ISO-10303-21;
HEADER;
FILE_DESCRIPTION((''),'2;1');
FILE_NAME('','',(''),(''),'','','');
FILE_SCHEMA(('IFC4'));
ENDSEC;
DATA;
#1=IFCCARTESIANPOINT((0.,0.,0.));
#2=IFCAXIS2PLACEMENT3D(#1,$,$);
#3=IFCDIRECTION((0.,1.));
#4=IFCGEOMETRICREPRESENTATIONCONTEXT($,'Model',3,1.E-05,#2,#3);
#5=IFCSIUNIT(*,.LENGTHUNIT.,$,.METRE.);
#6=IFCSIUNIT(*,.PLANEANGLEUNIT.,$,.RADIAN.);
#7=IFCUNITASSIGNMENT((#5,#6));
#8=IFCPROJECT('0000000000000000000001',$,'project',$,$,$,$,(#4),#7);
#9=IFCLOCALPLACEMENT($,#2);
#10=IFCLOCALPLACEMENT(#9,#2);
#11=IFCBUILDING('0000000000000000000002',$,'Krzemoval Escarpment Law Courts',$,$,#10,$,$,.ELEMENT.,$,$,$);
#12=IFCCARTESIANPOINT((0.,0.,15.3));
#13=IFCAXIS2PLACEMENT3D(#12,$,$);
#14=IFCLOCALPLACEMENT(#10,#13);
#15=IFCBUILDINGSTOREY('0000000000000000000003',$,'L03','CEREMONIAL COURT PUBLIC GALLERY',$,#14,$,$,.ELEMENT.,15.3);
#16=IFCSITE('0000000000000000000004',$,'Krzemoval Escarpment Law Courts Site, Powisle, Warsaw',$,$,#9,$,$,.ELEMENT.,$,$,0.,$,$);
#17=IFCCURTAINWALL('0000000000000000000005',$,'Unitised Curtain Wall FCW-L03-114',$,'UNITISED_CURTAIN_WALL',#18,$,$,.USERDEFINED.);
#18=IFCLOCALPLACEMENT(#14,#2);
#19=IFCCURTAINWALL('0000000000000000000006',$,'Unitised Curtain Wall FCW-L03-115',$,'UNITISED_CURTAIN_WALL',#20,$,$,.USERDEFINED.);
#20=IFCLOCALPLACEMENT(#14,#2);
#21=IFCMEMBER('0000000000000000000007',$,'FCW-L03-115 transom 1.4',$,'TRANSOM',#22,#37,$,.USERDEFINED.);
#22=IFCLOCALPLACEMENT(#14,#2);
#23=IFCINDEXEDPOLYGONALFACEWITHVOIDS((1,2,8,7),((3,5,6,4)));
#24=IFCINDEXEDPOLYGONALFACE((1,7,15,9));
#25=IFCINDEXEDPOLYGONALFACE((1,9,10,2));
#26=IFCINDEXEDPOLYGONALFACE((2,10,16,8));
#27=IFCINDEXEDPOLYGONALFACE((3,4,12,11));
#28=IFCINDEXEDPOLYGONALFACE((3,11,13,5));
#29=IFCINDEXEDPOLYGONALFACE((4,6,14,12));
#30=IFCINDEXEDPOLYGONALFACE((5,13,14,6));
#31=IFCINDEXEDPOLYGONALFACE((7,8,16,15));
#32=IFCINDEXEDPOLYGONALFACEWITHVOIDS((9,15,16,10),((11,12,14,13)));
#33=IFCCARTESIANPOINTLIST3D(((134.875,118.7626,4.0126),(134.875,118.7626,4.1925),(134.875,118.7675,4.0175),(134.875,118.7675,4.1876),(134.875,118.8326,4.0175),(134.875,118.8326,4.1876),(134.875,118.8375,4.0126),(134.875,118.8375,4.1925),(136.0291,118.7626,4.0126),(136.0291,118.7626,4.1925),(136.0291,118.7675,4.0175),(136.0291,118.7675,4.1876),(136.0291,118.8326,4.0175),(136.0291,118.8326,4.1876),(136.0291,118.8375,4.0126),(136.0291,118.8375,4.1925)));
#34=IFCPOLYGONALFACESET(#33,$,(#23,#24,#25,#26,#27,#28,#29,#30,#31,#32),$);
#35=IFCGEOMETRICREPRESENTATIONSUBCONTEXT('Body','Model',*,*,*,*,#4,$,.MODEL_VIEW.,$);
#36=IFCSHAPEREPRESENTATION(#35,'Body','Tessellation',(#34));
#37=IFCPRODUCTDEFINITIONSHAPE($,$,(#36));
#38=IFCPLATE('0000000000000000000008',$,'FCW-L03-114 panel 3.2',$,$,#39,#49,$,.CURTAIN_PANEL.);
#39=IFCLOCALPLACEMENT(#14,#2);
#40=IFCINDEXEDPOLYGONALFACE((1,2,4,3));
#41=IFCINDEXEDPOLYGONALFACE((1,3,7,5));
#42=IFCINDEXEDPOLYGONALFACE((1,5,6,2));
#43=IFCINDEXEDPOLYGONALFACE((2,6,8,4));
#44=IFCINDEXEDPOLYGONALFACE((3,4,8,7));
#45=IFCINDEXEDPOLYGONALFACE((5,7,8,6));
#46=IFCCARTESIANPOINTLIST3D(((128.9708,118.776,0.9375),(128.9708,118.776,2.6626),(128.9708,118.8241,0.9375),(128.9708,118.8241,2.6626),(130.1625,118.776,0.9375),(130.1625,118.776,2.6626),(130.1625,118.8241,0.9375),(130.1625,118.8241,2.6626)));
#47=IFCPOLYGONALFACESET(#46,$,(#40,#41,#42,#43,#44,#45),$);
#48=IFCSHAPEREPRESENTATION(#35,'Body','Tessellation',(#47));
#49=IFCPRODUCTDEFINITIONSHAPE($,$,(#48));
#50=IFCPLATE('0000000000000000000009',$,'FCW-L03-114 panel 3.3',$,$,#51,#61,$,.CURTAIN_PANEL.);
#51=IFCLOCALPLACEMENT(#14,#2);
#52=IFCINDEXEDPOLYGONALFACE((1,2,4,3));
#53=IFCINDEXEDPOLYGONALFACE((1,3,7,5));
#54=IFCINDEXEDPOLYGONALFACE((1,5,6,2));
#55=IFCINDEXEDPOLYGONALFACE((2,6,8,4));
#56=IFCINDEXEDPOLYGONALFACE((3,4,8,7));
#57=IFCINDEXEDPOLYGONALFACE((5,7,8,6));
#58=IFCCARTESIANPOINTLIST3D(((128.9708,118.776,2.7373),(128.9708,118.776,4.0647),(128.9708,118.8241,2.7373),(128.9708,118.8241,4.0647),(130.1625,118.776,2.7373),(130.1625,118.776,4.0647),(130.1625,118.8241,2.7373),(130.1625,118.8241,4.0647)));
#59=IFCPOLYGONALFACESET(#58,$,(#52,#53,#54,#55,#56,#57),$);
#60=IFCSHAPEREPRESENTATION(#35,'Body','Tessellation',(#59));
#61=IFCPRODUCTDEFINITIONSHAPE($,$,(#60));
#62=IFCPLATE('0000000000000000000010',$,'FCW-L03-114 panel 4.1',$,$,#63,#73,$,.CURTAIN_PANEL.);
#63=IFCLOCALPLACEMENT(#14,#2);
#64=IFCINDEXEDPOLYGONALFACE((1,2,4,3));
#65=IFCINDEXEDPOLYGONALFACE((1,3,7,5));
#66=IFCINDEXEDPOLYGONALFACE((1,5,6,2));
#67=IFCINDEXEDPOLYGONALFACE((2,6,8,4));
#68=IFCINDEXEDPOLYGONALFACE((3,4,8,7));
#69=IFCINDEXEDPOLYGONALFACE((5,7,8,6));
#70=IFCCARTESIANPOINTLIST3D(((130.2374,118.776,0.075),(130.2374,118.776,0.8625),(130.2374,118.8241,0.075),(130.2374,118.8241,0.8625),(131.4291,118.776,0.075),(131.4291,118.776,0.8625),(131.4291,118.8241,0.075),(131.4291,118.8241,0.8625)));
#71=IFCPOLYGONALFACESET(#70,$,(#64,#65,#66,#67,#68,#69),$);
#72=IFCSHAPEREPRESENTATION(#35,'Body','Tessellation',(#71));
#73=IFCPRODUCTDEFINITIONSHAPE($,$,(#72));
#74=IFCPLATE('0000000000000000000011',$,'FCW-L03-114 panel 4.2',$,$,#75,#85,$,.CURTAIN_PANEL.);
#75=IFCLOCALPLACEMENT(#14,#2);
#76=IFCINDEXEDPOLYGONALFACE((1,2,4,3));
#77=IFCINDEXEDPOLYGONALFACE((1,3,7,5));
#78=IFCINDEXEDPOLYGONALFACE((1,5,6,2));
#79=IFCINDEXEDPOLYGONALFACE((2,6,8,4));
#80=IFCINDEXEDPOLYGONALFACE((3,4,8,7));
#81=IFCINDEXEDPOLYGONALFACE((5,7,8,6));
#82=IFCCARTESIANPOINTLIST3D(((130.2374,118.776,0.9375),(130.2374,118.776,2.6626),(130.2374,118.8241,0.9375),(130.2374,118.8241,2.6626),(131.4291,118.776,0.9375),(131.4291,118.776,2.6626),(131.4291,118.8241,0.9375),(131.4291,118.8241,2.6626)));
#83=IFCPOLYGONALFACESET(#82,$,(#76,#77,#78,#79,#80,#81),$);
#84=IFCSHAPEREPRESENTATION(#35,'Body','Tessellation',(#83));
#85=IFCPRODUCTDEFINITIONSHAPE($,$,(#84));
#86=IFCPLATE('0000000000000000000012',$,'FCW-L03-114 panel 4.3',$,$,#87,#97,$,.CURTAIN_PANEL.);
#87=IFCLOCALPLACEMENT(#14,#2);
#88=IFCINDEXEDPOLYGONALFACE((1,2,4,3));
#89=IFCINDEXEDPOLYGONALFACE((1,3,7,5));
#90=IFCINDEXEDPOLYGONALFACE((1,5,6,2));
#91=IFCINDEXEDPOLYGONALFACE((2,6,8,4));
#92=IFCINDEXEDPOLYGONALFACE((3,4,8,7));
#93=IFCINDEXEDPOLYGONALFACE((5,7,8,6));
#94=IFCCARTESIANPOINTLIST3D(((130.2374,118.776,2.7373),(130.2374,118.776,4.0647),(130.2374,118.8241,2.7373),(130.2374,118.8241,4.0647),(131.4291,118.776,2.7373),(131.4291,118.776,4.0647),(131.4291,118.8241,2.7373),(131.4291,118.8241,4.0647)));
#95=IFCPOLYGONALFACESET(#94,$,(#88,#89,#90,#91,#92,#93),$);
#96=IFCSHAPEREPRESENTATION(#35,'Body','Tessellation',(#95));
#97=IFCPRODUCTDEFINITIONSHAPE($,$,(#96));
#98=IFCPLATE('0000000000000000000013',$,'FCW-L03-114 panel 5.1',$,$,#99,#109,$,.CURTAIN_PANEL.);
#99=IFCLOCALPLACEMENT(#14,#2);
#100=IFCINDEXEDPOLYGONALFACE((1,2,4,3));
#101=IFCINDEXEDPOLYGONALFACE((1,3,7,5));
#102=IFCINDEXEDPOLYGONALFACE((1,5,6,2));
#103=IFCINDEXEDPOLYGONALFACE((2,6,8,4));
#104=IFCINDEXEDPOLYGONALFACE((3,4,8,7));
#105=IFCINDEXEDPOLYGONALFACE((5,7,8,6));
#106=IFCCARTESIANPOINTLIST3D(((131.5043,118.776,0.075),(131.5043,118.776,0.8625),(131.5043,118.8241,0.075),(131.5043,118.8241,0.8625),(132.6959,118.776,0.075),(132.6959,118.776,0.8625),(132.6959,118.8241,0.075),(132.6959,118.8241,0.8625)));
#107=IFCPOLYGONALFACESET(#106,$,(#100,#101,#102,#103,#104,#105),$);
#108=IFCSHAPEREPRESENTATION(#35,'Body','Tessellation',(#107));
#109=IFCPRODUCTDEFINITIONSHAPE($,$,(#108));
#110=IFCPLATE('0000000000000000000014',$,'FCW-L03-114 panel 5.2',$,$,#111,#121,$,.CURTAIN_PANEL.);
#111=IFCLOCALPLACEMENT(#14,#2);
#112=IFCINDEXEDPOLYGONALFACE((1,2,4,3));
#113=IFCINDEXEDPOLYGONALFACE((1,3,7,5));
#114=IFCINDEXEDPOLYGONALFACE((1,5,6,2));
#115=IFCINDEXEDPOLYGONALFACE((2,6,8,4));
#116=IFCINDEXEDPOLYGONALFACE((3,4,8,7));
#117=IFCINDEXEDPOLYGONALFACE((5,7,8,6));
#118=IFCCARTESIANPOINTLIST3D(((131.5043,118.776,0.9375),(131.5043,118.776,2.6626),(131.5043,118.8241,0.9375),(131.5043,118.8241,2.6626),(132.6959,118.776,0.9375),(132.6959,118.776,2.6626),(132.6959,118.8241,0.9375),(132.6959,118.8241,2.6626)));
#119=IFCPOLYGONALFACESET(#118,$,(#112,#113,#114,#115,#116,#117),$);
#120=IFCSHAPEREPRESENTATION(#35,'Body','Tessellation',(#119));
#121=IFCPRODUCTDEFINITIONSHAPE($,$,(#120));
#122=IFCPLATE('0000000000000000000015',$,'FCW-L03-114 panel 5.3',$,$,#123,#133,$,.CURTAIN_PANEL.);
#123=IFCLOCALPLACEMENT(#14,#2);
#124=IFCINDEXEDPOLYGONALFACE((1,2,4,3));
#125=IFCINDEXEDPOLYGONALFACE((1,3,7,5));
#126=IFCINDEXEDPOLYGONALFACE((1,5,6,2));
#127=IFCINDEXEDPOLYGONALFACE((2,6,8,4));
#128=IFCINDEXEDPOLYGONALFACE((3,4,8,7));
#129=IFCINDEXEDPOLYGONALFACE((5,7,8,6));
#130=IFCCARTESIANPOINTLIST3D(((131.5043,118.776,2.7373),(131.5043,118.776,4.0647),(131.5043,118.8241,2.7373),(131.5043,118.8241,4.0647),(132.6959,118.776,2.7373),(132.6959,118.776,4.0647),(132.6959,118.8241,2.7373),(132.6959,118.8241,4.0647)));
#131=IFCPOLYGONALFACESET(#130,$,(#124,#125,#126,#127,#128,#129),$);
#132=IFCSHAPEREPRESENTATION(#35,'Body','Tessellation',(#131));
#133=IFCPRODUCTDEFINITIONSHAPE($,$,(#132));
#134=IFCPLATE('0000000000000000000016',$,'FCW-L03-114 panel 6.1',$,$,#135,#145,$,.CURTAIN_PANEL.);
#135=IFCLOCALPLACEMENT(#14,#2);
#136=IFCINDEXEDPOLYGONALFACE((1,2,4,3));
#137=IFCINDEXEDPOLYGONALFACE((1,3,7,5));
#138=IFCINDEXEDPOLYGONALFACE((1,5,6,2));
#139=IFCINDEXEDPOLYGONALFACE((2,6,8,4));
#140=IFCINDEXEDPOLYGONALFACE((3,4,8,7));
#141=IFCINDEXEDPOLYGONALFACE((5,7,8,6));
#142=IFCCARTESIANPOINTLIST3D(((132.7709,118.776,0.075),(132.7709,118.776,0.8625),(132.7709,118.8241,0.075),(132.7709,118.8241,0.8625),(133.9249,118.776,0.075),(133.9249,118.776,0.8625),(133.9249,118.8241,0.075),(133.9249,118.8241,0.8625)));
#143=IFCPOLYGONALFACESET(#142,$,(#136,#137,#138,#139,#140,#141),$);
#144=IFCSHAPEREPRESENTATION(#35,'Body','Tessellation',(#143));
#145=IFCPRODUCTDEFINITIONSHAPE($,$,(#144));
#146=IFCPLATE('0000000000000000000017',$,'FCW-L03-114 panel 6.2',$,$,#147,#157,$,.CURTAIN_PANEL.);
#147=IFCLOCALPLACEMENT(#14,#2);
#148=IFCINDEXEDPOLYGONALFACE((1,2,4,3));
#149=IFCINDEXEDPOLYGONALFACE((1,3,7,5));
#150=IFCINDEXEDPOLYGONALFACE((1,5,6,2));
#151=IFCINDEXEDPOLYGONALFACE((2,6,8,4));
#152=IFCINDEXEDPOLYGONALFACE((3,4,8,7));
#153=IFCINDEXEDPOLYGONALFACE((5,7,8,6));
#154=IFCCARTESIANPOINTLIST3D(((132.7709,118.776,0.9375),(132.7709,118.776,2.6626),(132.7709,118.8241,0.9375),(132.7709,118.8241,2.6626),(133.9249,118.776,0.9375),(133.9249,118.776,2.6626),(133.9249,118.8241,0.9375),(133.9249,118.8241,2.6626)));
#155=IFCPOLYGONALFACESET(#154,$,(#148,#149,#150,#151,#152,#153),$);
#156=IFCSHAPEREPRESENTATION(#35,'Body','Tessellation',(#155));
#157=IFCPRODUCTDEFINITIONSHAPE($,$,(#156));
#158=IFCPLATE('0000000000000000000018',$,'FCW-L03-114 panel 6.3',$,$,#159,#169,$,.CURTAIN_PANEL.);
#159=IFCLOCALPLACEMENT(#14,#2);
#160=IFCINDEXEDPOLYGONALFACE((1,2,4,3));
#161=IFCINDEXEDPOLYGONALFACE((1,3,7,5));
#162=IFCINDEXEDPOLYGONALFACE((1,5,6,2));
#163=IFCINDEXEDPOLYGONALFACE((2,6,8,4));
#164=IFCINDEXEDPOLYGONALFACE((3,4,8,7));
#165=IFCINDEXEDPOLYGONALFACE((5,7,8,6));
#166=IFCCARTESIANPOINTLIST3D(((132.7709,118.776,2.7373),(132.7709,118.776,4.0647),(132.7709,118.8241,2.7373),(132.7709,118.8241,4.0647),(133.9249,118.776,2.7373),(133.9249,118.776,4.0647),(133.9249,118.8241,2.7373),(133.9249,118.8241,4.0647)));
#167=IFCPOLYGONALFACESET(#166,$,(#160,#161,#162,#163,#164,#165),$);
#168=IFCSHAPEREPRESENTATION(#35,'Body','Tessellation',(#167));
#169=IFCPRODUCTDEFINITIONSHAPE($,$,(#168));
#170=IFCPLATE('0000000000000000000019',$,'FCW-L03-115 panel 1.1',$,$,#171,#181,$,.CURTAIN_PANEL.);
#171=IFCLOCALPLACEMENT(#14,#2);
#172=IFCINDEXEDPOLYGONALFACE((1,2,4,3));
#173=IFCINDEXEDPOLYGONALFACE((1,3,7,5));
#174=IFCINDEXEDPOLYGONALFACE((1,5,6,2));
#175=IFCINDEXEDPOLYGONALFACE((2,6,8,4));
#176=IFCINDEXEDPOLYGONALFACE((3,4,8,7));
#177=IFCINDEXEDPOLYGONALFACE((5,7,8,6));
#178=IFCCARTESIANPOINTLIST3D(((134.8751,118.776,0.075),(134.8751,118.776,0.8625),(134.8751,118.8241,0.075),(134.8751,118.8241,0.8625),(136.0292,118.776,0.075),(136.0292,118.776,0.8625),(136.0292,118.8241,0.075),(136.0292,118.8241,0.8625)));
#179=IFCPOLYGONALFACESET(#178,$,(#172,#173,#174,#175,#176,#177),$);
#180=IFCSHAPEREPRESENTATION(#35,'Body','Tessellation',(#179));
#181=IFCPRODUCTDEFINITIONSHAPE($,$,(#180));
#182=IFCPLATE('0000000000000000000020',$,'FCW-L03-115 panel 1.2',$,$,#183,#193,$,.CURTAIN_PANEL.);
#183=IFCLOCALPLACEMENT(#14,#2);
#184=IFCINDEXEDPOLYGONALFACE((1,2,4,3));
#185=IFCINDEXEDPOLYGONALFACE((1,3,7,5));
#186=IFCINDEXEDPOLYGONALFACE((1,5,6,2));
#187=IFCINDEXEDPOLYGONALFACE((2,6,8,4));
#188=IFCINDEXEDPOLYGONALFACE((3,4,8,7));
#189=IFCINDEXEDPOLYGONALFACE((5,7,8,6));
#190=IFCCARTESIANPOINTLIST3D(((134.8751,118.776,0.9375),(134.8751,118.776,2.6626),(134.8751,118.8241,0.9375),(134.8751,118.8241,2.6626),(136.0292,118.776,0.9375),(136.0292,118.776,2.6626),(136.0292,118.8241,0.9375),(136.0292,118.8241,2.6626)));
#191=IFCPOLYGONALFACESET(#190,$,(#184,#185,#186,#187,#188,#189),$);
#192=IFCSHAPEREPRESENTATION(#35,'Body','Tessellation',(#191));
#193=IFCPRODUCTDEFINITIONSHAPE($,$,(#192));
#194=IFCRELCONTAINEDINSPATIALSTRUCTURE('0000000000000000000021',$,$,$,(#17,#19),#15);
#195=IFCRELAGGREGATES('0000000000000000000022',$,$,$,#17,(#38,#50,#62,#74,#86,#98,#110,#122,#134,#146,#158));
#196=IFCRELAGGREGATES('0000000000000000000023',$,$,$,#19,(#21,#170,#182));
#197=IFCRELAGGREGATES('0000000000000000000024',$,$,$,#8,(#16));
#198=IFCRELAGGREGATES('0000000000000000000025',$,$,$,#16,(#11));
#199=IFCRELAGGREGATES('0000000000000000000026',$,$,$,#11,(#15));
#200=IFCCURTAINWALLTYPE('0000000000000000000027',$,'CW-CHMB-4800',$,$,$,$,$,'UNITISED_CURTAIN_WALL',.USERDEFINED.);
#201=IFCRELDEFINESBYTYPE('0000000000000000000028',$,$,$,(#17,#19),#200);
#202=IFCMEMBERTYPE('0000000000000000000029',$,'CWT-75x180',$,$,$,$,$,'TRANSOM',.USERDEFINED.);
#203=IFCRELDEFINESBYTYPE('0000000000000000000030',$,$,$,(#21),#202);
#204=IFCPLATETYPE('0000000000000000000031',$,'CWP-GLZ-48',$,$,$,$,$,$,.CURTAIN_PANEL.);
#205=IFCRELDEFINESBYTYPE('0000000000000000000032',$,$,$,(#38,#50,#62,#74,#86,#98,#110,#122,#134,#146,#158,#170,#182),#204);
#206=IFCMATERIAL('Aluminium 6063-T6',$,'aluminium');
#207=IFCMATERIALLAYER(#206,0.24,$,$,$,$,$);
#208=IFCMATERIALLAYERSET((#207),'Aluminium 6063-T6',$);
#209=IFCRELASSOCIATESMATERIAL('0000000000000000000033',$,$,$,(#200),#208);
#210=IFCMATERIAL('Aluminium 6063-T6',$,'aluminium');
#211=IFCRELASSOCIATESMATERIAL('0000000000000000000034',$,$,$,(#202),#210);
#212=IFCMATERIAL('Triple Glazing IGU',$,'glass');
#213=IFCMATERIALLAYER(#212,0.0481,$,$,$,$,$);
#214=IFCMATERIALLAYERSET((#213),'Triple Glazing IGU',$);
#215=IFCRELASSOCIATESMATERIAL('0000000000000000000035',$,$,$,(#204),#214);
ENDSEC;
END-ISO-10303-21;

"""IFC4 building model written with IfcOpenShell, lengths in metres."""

from ifc_helpers import new_model, si_unit, direction, frame, origin, origin_2d, place, context, subcontext, project, spatial, rectangle, hollow_rectangle, extrude, material, layer, layer_set, material_profile, profile_set, type_object, element, aggregate, save


model = new_model("IFC4")

# Units and contexts
model_context = context("Model", 3, precision=1e-05, world=origin(), true_north=direction((0.0, 1.0)))
body_context = subcontext(model_context, "Body", "Model", "MODEL_VIEW")
ifc_project = project(units=[si_unit("LENGTHUNIT", "METRE"), si_unit("PLANEANGLEUNIT", "RADIAN")], contexts=[model_context])

# Site, building, storey
site_placement = place(None, origin())
site = spatial("IfcSite", under=ifc_project, at=site_placement, Name="Krzemoval Escarpment Law Courts Site, Powisle, Warsaw", CompositionType="ELEMENT", RefElevation=0.0)
building_placement = place(site_placement, origin())
building = spatial("IfcBuilding", under=site, at=building_placement, Name="Krzemoval Escarpment Law Courts", CompositionType="ELEMENT")
storey_placement = place(building_placement, frame((0.0, 0.0, 15.3)))
storey = spatial("IfcBuildingStorey", under=building, at=storey_placement, Name="L03", Description="CEREMONIAL COURT PUBLIC GALLERY", CompositionType="ELEMENT", Elevation=15.3)

# Curtain wall
ifc_material_1 = material(Name="Aluminium 6063-T6", Category="aluminium")
ifc_layer_1 = layer(ifc_material_1, 0.24)
ifc_layer_set_1 = layer_set([ifc_layer_1], Name="Aluminium 6063-T6")
curtain_wall_type = type_object("IfcCurtainWallType", Name="CW-CHMB-4800", ElementType="UNITISED_CURTAIN_WALL", PredefinedType="USERDEFINED", material=ifc_layer_set_1)
curtain_wall_1_placement = place(storey_placement, origin())
curtain_wall_1 = element("IfcCurtainWall", 1, at=curtain_wall_1_placement, inside=storey, type_object=curtain_wall_type, Name="Unitised Curtain Wall FCW-L03-114", ObjectType="UNITISED_CURTAIN_WALL", PredefinedType="USERDEFINED")

# Curtain wall
curtain_wall_2_placement = place(storey_placement, origin())
curtain_wall_2 = element("IfcCurtainWall", 2, at=curtain_wall_2_placement, inside=storey, type_object=curtain_wall_type, Name="Unitised Curtain Wall FCW-L03-115", ObjectType="UNITISED_CURTAIN_WALL", PredefinedType="USERDEFINED")

# Member
ifc_material_2 = material(Name="Aluminium 6063-T6", Category="aluminium")
ifc_material_profile_1 = material_profile(ifc_material_2, hollow_rectangle(XDim=0.075, YDim=0.1799, WallThickness=0.0049, at=origin_2d()), Name="ALU T75x180")
ifc_profile_set_1 = profile_set([ifc_material_profile_1], Name="Aluminium 6063-T6")
member_type_1 = type_object("IfcMemberType", Name="CWT-75x180", ElementType="TRANSOM", PredefinedType="USERDEFINED", material=ifc_profile_set_1)
member_1_placement = place(storey_placement, frame((134.875, 118.8, 4.1025), z_axis=(1.0, 0.0, 0.0), x_axis=(0.0, 1.0, 0.0)))
member_1 = element("IfcMember", 3, at=member_1_placement, type_object=member_type_1, Name="FCW-L03-115 transom 1.4", ObjectType="TRANSOM", PredefinedType="USERDEFINED", context=body_context, shape_type="SweptSolid", body=[
    extrude(hollow_rectangle(XDim=0.075, YDim=0.1799, WallThickness=0.0049, at=origin_2d()), origin(), (0.0, 0.0, 1.0), 1.1541),
])

# Plates
ifc_material_3 = material(Name="Triple Glazing IGU", Category="glass")
ifc_layer_2 = layer(ifc_material_3, 0.0481)
ifc_layer_set_2 = layer_set([ifc_layer_2], Name="Triple Glazing IGU")
plate_type = type_object("IfcPlateType", Name="CWP-GLZ-48", PredefinedType="CURTAIN_PANEL", material=ifc_layer_set_2)
plate_1_placement = place(storey_placement, frame((129.5667, 118.8, 0.9375), z_axis=(0.0, 0.0, 1.0), x_axis=(1.0, 0.0, 0.0)))
plate_1 = element("IfcPlate", 4, at=plate_1_placement, type_object=plate_type, Name="FCW-L03-114 panel 3.2", PredefinedType="CURTAIN_PANEL", context=body_context, shape_type="SweptSolid", body=[
    extrude(rectangle(XDim=1.1917, YDim=0.0481, at=origin_2d()), origin(), (0.0, 0.0, 1.0), 1.7251),
])
plate_2_placement = place(storey_placement, frame((129.5667, 118.8, 2.7373), z_axis=(0.0, 0.0, 1.0), x_axis=(1.0, 0.0, 0.0)))
plate_2 = element("IfcPlate", 5, at=plate_2_placement, type_object=plate_type, Name="FCW-L03-114 panel 3.3", PredefinedType="CURTAIN_PANEL", context=body_context, shape_type="SweptSolid", body=[
    extrude(rectangle(XDim=1.1917, YDim=0.0481, at=origin_2d()), origin(), (0.0, 0.0, 1.0), 1.3274),
])
plate_3_placement = place(storey_placement, frame((130.8333, 118.8, 0.075), z_axis=(0.0, 0.0, 1.0), x_axis=(1.0, 0.0, 0.0)))
plate_3 = element("IfcPlate", 6, at=plate_3_placement, type_object=plate_type, Name="FCW-L03-114 panel 4.1", PredefinedType="CURTAIN_PANEL", context=body_context, shape_type="SweptSolid", body=[
    extrude(rectangle(XDim=1.1917, YDim=0.0481, at=origin_2d()), origin(), (0.0, 0.0, 1.0), 0.7876),
])
plate_4_placement = place(storey_placement, frame((130.8333, 118.8, 0.9375), z_axis=(0.0, 0.0, 1.0), x_axis=(1.0, 0.0, 0.0)))
plate_4 = element("IfcPlate", 7, at=plate_4_placement, type_object=plate_type, Name="FCW-L03-114 panel 4.2", PredefinedType="CURTAIN_PANEL", context=body_context, shape_type="SweptSolid", body=[
    extrude(rectangle(XDim=1.1917, YDim=0.0481, at=origin_2d()), origin(), (0.0, 0.0, 1.0), 1.7251),
])
plate_5_placement = place(storey_placement, frame((130.8333, 118.8, 2.7373), z_axis=(0.0, 0.0, 1.0), x_axis=(1.0, 0.0, 0.0)))
plate_5 = element("IfcPlate", 8, at=plate_5_placement, type_object=plate_type, Name="FCW-L03-114 panel 4.3", PredefinedType="CURTAIN_PANEL", context=body_context, shape_type="SweptSolid", body=[
    extrude(rectangle(XDim=1.1917, YDim=0.0481, at=origin_2d()), origin(), (0.0, 0.0, 1.0), 1.3274),
])
plate_6_placement = place(storey_placement, frame((132.1001, 118.8, 0.075), z_axis=(0.0, 0.0, 1.0), x_axis=(1.0, 0.0, 0.0)))
plate_6 = element("IfcPlate", 9, at=plate_6_placement, type_object=plate_type, Name="FCW-L03-114 panel 5.1", PredefinedType="CURTAIN_PANEL", context=body_context, shape_type="SweptSolid", body=[
    extrude(rectangle(XDim=1.1917, YDim=0.0481, at=origin_2d()), origin(), (0.0, 0.0, 1.0), 0.7876),
])
plate_7_placement = place(storey_placement, frame((132.1001, 118.8, 0.9375), z_axis=(0.0, 0.0, 1.0), x_axis=(1.0, 0.0, 0.0)))
plate_7 = element("IfcPlate", 10, at=plate_7_placement, type_object=plate_type, Name="FCW-L03-114 panel 5.2", PredefinedType="CURTAIN_PANEL", context=body_context, shape_type="SweptSolid", body=[
    extrude(rectangle(XDim=1.1917, YDim=0.0481, at=origin_2d()), origin(), (0.0, 0.0, 1.0), 1.7251),
])
plate_8_placement = place(storey_placement, frame((132.1001, 118.8, 2.7373), z_axis=(0.0, 0.0, 1.0), x_axis=(1.0, 0.0, 0.0)))
plate_8 = element("IfcPlate", 11, at=plate_8_placement, type_object=plate_type, Name="FCW-L03-114 panel 5.3", PredefinedType="CURTAIN_PANEL", context=body_context, shape_type="SweptSolid", body=[
    extrude(rectangle(XDim=1.1917, YDim=0.0481, at=origin_2d()), origin(), (0.0, 0.0, 1.0), 1.3274),
])
plate_9_placement = place(storey_placement, frame((133.3479, 118.8, 0.075), z_axis=(0.0, 0.0, 1.0), x_axis=(1.0, 0.0, 0.0)))
plate_9 = element("IfcPlate", 12, at=plate_9_placement, type_object=plate_type, Name="FCW-L03-114 panel 6.1", PredefinedType="CURTAIN_PANEL", context=body_context, shape_type="SweptSolid", body=[
    extrude(rectangle(XDim=1.1541, YDim=0.0481, at=origin_2d()), origin(), (0.0, 0.0, 1.0), 0.7876),
])
plate_10_placement = place(storey_placement, frame((133.3479, 118.8, 0.9375), z_axis=(0.0, 0.0, 1.0), x_axis=(1.0, 0.0, 0.0)))
plate_10 = element("IfcPlate", 13, at=plate_10_placement, type_object=plate_type, Name="FCW-L03-114 panel 6.2", PredefinedType="CURTAIN_PANEL", context=body_context, shape_type="SweptSolid", body=[
    extrude(rectangle(XDim=1.1541, YDim=0.0481, at=origin_2d()), origin(), (0.0, 0.0, 1.0), 1.7251),
])
plate_11_placement = place(storey_placement, frame((133.3479, 118.8, 2.7373), z_axis=(0.0, 0.0, 1.0), x_axis=(1.0, 0.0, 0.0)))
plate_11 = element("IfcPlate", 14, at=plate_11_placement, type_object=plate_type, Name="FCW-L03-114 panel 6.3", PredefinedType="CURTAIN_PANEL", context=body_context, shape_type="SweptSolid", body=[
    extrude(rectangle(XDim=1.1541, YDim=0.0481, at=origin_2d()), origin(), (0.0, 0.0, 1.0), 1.3274),
])
aggregate(curtain_wall_1, [plate_1, plate_2, plate_3, plate_4, plate_5, plate_6, plate_7, plate_8, plate_9, plate_10, plate_11])
plate_12_placement = place(storey_placement, frame((135.4521, 118.8, 0.075), z_axis=(0.0, 0.0, 1.0), x_axis=(1.0, 0.0, 0.0)))
plate_12 = element("IfcPlate", 15, at=plate_12_placement, type_object=plate_type, Name="FCW-L03-115 panel 1.1", PredefinedType="CURTAIN_PANEL", context=body_context, shape_type="SweptSolid", body=[
    extrude(rectangle(XDim=1.1541, YDim=0.0481, at=origin_2d()), origin(), (0.0, 0.0, 1.0), 0.7876),
])
plate_13_placement = place(storey_placement, frame((135.4521, 118.8, 0.9375), z_axis=(0.0, 0.0, 1.0), x_axis=(1.0, 0.0, 0.0)))
plate_13 = element("IfcPlate", 16, at=plate_13_placement, type_object=plate_type, Name="FCW-L03-115 panel 1.2", PredefinedType="CURTAIN_PANEL", context=body_context, shape_type="SweptSolid", body=[
    extrude(rectangle(XDim=1.1541, YDim=0.0481, at=origin_2d()), origin(), (0.0, 0.0, 1.0), 1.7251),
])
aggregate(curtain_wall_2, [member_1, plate_12, plate_13])

save(model, "model.ifc")
